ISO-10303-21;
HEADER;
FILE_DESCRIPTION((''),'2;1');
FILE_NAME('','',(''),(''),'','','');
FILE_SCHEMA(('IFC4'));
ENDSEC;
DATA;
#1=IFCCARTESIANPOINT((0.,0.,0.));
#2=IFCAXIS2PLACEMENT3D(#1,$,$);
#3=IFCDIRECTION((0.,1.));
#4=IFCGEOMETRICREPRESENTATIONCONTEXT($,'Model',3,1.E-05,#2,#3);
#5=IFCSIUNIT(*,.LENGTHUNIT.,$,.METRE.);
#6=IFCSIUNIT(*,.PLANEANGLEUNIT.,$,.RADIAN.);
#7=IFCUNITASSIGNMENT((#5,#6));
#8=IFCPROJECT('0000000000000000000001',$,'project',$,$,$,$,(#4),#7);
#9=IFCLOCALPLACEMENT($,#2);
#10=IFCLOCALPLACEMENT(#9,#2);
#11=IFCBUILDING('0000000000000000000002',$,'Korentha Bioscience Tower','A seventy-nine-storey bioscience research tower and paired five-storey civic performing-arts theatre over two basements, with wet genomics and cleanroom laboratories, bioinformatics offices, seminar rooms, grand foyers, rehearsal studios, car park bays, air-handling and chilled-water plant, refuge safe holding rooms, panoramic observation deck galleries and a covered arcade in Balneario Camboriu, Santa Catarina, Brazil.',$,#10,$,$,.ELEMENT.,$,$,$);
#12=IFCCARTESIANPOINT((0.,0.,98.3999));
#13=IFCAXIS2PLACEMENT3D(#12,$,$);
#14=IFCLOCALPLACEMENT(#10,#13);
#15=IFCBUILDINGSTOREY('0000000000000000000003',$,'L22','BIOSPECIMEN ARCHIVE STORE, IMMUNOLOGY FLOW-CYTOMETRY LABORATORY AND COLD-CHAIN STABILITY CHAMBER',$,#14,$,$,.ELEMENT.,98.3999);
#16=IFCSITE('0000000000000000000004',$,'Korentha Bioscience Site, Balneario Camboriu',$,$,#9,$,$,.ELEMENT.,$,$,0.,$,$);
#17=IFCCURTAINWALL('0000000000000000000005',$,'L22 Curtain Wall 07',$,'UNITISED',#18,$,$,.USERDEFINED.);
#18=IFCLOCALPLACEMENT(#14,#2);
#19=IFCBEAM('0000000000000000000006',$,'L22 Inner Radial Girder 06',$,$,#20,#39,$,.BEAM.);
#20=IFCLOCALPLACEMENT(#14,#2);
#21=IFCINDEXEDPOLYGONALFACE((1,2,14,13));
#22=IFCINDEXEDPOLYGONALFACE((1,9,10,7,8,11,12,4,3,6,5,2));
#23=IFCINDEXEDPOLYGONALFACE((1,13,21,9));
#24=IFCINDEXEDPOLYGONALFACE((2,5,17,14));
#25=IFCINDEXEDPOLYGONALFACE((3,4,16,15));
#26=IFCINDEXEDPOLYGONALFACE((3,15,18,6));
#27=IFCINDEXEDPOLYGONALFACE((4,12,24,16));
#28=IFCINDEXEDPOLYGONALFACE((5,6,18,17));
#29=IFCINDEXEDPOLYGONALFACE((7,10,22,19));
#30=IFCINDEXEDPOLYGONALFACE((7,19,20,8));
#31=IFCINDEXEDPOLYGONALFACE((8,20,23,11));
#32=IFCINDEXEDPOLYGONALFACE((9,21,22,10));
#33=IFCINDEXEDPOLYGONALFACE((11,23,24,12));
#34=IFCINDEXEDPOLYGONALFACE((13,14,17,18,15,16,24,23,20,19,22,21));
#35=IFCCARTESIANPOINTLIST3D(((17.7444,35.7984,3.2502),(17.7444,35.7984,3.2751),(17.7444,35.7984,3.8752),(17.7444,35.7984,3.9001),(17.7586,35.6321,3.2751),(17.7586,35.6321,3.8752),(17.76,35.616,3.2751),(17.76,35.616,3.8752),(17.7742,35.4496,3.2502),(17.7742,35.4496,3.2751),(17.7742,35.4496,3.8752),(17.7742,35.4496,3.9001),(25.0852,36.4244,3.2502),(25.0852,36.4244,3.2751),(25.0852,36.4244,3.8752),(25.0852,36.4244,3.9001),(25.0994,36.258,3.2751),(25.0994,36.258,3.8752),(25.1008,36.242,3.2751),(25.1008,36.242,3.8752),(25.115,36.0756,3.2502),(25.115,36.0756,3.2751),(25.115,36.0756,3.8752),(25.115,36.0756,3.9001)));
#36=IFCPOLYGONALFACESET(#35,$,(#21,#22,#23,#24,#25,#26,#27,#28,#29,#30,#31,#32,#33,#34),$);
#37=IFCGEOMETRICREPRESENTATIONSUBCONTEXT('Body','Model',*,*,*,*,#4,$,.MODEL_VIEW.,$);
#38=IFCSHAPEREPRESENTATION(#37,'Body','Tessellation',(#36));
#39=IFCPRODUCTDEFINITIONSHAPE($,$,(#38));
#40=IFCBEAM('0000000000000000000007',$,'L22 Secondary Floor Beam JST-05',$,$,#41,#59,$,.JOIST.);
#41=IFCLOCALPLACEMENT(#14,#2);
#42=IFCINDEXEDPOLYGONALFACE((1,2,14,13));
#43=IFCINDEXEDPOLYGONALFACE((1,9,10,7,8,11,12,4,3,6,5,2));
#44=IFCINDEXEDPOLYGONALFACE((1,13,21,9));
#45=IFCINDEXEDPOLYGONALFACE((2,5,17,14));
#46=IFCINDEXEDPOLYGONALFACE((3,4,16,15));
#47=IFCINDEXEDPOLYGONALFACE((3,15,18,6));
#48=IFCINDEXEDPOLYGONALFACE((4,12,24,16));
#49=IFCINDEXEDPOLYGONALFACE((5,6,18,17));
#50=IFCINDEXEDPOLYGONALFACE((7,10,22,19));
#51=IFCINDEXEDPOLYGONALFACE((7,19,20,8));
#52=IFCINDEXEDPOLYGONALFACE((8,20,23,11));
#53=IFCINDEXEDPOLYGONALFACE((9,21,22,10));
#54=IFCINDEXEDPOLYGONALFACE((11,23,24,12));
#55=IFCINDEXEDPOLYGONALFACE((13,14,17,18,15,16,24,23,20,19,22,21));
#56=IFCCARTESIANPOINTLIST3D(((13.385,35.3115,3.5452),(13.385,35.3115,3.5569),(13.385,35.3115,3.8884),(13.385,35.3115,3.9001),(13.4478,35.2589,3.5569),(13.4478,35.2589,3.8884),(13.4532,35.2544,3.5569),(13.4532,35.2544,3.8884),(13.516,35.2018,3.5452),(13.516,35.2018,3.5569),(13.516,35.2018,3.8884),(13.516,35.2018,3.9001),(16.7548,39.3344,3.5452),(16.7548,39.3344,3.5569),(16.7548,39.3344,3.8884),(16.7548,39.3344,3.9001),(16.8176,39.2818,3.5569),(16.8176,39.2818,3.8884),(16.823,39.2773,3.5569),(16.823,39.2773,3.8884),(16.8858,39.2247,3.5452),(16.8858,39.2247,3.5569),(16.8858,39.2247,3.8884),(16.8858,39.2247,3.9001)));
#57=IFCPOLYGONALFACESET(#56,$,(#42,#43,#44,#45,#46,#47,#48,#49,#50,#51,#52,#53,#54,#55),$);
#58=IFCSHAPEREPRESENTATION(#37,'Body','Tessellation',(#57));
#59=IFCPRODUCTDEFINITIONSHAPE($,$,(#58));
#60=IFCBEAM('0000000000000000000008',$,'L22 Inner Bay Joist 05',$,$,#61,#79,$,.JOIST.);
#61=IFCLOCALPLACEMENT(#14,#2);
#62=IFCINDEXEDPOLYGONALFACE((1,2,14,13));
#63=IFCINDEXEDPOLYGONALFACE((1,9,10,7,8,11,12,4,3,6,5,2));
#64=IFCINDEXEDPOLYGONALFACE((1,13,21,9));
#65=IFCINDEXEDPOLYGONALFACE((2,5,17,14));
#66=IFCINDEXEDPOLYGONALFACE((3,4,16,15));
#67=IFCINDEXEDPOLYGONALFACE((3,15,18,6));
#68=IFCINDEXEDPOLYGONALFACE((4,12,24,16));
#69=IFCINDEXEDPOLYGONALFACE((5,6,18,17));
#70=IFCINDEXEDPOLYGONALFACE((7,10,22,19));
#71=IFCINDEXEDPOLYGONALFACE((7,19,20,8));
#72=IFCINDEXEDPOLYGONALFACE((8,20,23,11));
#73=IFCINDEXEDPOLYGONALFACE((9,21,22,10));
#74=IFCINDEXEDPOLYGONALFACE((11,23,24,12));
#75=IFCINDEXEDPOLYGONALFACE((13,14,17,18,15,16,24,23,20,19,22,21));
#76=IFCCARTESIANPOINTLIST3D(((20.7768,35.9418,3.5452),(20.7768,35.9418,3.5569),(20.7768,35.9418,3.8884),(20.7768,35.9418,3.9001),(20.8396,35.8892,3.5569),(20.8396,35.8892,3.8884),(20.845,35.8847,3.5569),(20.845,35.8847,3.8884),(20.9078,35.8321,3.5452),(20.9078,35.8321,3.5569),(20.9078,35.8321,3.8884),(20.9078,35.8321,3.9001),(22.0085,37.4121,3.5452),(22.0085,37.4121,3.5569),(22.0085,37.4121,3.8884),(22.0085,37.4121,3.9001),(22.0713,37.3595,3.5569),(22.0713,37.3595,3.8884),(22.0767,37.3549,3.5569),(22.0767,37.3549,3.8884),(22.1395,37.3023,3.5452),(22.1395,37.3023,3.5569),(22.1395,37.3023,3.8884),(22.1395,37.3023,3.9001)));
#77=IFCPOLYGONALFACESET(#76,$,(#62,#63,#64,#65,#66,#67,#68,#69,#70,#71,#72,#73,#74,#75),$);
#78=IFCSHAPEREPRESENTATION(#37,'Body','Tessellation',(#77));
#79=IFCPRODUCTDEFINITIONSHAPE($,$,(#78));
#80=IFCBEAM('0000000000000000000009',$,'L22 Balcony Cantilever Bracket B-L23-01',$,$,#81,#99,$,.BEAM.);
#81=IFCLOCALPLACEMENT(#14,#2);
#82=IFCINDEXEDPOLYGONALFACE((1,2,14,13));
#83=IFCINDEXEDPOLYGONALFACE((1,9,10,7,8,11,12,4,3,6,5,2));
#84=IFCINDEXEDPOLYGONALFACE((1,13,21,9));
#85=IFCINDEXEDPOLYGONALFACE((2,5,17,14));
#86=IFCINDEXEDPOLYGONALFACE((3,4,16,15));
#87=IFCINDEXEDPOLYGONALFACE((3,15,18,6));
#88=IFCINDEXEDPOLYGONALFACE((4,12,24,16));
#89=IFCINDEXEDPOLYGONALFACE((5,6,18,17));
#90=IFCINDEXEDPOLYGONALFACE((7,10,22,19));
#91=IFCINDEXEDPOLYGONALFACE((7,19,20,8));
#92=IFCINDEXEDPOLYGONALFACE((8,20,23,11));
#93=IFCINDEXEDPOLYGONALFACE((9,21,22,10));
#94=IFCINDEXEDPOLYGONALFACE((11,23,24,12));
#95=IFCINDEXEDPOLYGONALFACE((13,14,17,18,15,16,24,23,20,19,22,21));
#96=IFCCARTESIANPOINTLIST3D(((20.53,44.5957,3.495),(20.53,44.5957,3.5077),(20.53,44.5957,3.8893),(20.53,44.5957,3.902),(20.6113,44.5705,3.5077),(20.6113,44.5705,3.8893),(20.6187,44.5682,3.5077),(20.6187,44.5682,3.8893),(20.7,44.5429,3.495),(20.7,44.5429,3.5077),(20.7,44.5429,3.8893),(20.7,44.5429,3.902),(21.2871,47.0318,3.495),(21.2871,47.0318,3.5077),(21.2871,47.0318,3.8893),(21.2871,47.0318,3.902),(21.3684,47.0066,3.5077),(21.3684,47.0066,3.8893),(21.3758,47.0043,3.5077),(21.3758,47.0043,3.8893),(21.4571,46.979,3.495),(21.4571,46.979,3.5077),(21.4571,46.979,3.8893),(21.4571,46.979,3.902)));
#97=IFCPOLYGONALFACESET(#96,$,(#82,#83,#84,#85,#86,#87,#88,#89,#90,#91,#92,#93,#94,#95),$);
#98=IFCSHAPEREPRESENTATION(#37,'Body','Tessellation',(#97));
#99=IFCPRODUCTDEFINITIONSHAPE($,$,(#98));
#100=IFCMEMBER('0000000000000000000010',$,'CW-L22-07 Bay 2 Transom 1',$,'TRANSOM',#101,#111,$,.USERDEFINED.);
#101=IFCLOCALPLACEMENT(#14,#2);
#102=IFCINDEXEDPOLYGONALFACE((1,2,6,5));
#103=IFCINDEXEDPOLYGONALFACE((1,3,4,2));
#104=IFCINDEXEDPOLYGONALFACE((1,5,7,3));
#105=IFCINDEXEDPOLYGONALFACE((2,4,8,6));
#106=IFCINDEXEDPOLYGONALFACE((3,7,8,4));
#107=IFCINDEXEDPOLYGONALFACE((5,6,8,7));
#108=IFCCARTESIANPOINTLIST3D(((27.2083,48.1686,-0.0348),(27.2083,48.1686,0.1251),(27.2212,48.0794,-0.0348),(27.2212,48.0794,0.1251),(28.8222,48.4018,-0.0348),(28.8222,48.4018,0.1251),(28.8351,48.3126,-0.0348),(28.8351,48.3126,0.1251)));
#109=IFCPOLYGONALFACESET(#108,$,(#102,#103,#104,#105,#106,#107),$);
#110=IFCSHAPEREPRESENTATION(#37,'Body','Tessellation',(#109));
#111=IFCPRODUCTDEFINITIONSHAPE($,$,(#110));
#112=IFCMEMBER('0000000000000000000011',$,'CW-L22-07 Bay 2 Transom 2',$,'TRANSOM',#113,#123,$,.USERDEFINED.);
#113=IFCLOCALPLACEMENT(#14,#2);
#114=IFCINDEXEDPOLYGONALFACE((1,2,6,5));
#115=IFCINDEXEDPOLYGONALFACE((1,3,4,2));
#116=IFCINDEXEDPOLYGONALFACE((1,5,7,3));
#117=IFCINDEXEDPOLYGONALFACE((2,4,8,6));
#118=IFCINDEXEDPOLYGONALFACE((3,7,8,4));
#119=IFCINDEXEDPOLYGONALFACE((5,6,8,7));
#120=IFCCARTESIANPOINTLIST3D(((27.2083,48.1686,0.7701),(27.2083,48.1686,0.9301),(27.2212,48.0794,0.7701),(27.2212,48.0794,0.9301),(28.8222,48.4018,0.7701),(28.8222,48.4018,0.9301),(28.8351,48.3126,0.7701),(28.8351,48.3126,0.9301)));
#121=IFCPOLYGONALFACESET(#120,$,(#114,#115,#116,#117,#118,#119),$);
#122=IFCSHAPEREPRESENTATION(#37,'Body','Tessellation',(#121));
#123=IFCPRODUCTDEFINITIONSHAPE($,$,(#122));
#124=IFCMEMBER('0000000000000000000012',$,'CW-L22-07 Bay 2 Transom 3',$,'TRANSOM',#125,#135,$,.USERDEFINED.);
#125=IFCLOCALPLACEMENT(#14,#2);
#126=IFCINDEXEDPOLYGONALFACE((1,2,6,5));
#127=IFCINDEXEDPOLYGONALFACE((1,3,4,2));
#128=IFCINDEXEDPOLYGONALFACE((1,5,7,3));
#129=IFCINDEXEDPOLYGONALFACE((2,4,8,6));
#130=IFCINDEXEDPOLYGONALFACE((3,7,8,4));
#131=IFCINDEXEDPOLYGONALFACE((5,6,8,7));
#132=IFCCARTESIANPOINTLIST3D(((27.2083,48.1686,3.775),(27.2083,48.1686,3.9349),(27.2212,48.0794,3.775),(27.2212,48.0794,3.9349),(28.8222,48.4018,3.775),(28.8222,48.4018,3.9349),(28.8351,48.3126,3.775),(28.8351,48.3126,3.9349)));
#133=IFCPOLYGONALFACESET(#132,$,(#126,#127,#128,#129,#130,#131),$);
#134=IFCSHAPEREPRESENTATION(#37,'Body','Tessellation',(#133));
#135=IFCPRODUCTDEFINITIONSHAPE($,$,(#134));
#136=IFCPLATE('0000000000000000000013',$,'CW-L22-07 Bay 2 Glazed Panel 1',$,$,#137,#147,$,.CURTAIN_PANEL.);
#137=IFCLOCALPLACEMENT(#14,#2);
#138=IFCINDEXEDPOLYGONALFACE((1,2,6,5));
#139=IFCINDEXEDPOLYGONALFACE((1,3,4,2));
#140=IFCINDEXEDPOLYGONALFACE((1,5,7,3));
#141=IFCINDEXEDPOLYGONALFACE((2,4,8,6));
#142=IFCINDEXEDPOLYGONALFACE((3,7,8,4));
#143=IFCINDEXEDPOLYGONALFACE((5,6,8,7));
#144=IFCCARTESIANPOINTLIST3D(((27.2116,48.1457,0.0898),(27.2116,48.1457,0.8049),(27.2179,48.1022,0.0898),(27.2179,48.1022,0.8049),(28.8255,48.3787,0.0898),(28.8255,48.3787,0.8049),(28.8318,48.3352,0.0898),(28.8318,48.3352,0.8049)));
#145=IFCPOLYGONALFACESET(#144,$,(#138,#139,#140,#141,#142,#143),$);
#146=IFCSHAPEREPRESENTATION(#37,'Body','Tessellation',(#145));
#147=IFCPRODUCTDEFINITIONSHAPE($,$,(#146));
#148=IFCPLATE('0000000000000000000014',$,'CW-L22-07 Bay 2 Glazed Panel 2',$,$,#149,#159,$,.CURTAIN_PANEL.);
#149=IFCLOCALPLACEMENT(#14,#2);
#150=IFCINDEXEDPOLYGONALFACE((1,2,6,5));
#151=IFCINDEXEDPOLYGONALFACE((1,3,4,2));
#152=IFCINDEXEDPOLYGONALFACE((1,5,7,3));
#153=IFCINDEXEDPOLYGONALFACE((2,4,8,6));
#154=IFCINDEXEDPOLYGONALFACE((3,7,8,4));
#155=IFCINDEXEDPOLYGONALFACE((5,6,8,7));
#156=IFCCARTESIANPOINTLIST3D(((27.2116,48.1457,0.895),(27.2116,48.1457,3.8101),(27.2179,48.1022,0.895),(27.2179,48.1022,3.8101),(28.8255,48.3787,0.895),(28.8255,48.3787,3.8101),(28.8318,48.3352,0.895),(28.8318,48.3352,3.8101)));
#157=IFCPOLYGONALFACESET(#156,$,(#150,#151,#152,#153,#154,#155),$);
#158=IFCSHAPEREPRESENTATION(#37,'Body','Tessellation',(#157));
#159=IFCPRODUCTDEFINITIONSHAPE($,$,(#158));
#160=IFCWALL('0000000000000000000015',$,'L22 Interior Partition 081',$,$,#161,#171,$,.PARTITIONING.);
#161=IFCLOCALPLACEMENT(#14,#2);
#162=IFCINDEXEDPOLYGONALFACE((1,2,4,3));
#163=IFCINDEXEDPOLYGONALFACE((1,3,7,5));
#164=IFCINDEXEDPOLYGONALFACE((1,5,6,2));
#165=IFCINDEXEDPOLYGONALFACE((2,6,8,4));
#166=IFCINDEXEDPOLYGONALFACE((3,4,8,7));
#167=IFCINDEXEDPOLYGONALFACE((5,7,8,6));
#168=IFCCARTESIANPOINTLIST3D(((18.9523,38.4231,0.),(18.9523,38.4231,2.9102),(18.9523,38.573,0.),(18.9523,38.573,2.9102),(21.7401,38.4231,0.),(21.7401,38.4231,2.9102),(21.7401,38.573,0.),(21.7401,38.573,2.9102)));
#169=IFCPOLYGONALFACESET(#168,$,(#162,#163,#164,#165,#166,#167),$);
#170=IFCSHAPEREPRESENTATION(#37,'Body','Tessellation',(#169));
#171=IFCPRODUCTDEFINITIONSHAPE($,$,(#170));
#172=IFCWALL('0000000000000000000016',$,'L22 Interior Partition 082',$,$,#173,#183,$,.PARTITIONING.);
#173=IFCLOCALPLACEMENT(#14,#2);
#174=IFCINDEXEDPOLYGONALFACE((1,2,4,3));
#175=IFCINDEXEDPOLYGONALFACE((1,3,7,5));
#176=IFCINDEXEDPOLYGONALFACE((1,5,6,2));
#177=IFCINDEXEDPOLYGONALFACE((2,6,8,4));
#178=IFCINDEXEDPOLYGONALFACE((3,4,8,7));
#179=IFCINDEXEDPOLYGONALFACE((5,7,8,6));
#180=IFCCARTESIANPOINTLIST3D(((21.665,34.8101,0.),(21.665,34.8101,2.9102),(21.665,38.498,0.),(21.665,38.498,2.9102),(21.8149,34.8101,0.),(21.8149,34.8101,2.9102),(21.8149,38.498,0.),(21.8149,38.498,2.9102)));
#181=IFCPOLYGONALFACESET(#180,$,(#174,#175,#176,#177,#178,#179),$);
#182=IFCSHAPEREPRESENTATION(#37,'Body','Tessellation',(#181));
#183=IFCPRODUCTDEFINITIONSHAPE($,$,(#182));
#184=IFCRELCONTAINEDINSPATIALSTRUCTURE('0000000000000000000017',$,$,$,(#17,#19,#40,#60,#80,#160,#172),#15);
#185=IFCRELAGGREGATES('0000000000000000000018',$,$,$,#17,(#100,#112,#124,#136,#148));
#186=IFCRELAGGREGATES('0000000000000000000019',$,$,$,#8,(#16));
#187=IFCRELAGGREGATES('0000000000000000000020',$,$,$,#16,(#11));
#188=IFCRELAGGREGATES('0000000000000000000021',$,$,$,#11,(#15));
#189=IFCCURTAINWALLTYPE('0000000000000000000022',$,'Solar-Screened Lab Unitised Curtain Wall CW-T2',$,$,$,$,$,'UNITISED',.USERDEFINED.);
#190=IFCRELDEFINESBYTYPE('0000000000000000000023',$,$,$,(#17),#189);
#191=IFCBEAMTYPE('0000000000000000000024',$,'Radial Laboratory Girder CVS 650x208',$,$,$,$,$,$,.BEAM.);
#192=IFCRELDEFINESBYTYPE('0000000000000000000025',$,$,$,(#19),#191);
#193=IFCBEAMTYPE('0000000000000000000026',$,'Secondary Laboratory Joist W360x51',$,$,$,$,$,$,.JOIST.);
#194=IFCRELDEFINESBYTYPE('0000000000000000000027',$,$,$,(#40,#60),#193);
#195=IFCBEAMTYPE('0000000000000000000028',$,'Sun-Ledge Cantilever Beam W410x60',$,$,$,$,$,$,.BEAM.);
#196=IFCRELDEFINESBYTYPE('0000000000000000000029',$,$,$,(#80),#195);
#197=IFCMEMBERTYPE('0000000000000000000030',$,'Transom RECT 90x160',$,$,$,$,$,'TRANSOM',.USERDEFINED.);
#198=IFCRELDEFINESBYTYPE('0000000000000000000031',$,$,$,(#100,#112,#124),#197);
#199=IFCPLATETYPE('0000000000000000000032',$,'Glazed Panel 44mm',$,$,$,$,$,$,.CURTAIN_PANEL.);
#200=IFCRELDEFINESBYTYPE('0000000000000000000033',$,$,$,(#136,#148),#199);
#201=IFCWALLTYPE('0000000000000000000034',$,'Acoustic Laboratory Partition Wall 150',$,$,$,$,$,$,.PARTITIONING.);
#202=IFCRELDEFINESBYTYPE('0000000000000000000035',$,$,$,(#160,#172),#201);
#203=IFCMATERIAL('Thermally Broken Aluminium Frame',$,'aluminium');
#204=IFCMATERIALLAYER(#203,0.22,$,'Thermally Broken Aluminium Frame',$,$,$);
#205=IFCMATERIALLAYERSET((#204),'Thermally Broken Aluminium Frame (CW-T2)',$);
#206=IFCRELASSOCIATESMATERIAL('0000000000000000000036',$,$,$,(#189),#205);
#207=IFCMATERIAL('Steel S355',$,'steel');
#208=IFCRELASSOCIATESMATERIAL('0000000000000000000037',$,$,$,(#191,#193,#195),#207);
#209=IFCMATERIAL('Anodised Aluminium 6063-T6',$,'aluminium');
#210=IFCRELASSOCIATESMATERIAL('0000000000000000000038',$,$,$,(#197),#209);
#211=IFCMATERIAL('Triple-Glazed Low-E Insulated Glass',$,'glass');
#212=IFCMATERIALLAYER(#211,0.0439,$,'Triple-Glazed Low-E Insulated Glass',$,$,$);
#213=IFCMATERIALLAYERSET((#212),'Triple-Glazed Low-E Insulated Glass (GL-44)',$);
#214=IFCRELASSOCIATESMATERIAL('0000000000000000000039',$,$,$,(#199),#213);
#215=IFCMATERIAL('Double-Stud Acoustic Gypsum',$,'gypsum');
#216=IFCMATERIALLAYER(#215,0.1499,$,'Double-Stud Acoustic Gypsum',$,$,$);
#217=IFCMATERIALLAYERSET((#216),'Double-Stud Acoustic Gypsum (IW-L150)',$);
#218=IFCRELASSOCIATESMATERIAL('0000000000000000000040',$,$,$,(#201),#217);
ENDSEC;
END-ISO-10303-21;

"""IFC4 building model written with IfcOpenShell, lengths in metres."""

from ifc_helpers import new_model, si_unit, direction, frame, frame_2d, origin, origin_2d, place, context, subcontext, project, spatial, rectangle, i_section, extrude, material, layer, layer_set, material_profile, profile_set, type_object, element, aggregate, save


model = new_model("IFC4")

# Units and contexts
model_context = context("Model", 3, precision=1e-05, world=origin(), true_north=direction((0.0, 1.0)))
body_context = subcontext(model_context, "Body", "Model", "MODEL_VIEW")
ifc_project = project(units=[si_unit("LENGTHUNIT", "METRE"), si_unit("PLANEANGLEUNIT", "RADIAN")], contexts=[model_context])

# Site, building, storey
site_placement = place(None, origin())
site = spatial("IfcSite", under=ifc_project, at=site_placement, Name="Korentha Bioscience Site, Balneario Camboriu", CompositionType="ELEMENT", RefElevation=0.0)
building_placement = place(site_placement, origin())
building = spatial("IfcBuilding", under=site, at=building_placement, Name="Korentha Bioscience Tower", Description="A seventy-nine-storey bioscience research tower and paired five-storey civic performing-arts theatre over two basements, with wet genomics and cleanroom laboratories, bioinformatics offices, seminar rooms, grand foyers, rehearsal studios, car park bays, air-handling and chilled-water plant, refuge safe holding rooms, panoramic observation deck galleries and a covered arcade in Balneario Camboriu, Santa Catarina, Brazil.", CompositionType="ELEMENT")
storey_placement = place(building_placement, frame((0.0, 0.0, 98.3999)))
storey = spatial("IfcBuildingStorey", under=building, at=storey_placement, Name="L22", Description="BIOSPECIMEN ARCHIVE STORE, IMMUNOLOGY FLOW-CYTOMETRY LABORATORY AND COLD-CHAIN STABILITY CHAMBER", CompositionType="ELEMENT", Elevation=98.3999)

# Shared definitions
ifc_material_1 = material(Name="Steel S355", Category="steel")

# Curtain wall
ifc_material_2 = material(Name="Thermally Broken Aluminium Frame", Category="aluminium")
ifc_layer_1 = layer(ifc_material_2, 0.22, Name="Thermally Broken Aluminium Frame")
ifc_layer_set_1 = layer_set([ifc_layer_1], Name="Thermally Broken Aluminium Frame (CW-T2)")
curtain_wall_type = type_object("IfcCurtainWallType", Name="Solar-Screened Lab Unitised Curtain Wall CW-T2", ElementType="UNITISED", PredefinedType="USERDEFINED", material=ifc_layer_set_1)
curtain_wall_placement = place(storey_placement, origin())
curtain_wall = element("IfcCurtainWall", 1, at=curtain_wall_placement, inside=storey, type_object=curtain_wall_type, Name="L22 Curtain Wall 07", ObjectType="UNITISED", PredefinedType="USERDEFINED")
ifc_material_3 = material(Name="Anodised Aluminium 6063-T6", Category="aluminium")

# Beams
ifc_material_profile_1 = material_profile(ifc_material_1, i_section(OverallWidth=0.3501, OverallDepth=0.6499, WebThickness=0.0161, FlangeThickness=0.0249, at=origin_2d()), Name="Steel S355")
ifc_profile_set_1 = profile_set([ifc_material_profile_1], Name="Steel S355 (RB-650)")
beam_type_1 = type_object("IfcBeamType", Name="Radial Laboratory Girder CVS 650x208", PredefinedType="BEAM", material=ifc_profile_set_1)
beam_1_placement = place(storey_placement, frame((25.1001, 36.25, 3.5752), z_axis=(-0.996384, -0.084965, 0.0), x_axis=(0.084965, -0.996384, 0.0)))
element("IfcBeam", 2, at=beam_1_placement, inside=storey, type_object=beam_type_1, Name="L22 Inner Radial Girder 06", PredefinedType="BEAM", context=body_context, shape_type="SweptSolid", body=[
    extrude(i_section(OverallWidth=0.3501, OverallDepth=0.6499, WebThickness=0.0161, FlangeThickness=0.0249, at=origin_2d()), origin(), (0.0, 0.0, 1.0), 7.3674),
])
ifc_material_profile_2 = material_profile(ifc_material_1, i_section(OverallWidth=0.1709, OverallDepth=0.355, WebThickness=0.0071, FlangeThickness=0.0117, at=origin_2d()), Name="Steel S355")
ifc_profile_set_2 = profile_set([ifc_material_profile_2], Name="Steel S355 (JB-360)")
beam_type_2 = type_object("IfcBeamType", Name="Secondary Laboratory Joist W360x51", PredefinedType="JOIST", material=ifc_profile_set_2)
beam_2_placement = place(storey_placement, frame((16.8203, 39.2795, 3.7227), z_axis=(-0.642141, -0.766587, 0.0), x_axis=(0.766587, -0.642141, 0.0)))
element("IfcBeam", 3, at=beam_2_placement, inside=storey, type_object=beam_type_2, Name="L22 Secondary Floor Beam JST-05", PredefinedType="JOIST", context=body_context, shape_type="SweptSolid", body=[
    extrude(i_section(OverallWidth=0.1709, OverallDepth=0.355, WebThickness=0.0071, FlangeThickness=0.0117, at=origin_2d()), origin(), (0.0, 0.0, 1.0), 5.2478),
])
beam_3_placement = place(storey_placement, frame((22.074, 37.3572, 3.7227), z_axis=(-0.642185, -0.766549, 0.0), x_axis=(0.766549, -0.642185, 0.0)))
element("IfcBeam", 4, at=beam_3_placement, inside=storey, type_object=beam_type_2, Name="L22 Inner Bay Joist 05", PredefinedType="JOIST", context=body_context, shape_type="SweptSolid", body=[
    extrude(i_section(OverallWidth=0.1709, OverallDepth=0.355, WebThickness=0.0071, FlangeThickness=0.0117, at=origin_2d()), origin(), (0.0, 0.0, 1.0), 1.918),
])
ifc_material_profile_3 = material_profile(ifc_material_1, i_section(OverallWidth=0.178, OverallDepth=0.407, WebThickness=0.0078, FlangeThickness=0.0127, at=origin_2d()), Name="Steel S355")
ifc_profile_set_3 = profile_set([ifc_material_profile_3], Name="Steel S355 (CB-410)")
beam_type_3 = type_object("IfcBeamType", Name="Sun-Ledge Cantilever Beam W410x60", PredefinedType="BEAM", material=ifc_profile_set_3)
beam_4_placement = place(storey_placement, frame((20.615, 44.5693, 3.6985), z_axis=(0.296781, 0.954945, 0.0), x_axis=(-0.954945, 0.296781, 0.0)))
element("IfcBeam", 5, at=beam_4_placement, inside=storey, type_object=beam_type_3, Name="L22 Balcony Cantilever Bracket B-L23-01", PredefinedType="BEAM", context=body_context, shape_type="SweptSolid", body=[
    extrude(i_section(OverallWidth=0.178, OverallDepth=0.407, WebThickness=0.0078, FlangeThickness=0.0127, at=origin_2d()), origin(), (0.0, 0.0, 1.0), 2.551),
])

# Members
ifc_material_profile_4 = material_profile(ifc_material_3, rectangle(XDim=0.0901, YDim=0.1599, at=origin_2d()), Name="Anodised Aluminium 6063-T6")
ifc_profile_set_4 = profile_set([ifc_material_profile_4], Name="Anodised Aluminium 6063-T6 (CW-TRN)")
member_type_1 = type_object("IfcMemberType", Name="Transom RECT 90x160", ElementType="TRANSOM", PredefinedType="USERDEFINED", material=ifc_profile_set_4)
member_1_placement = place(storey_placement, frame((28.8286, 48.3572, 0.0452), z_axis=(-0.989724, -0.142993, 0.0), x_axis=(0.142993, -0.989724, 0.0)))
member_1 = element("IfcMember", 6, at=member_1_placement, type_object=member_type_1, Name="CW-L22-07 Bay 2 Transom 1", ObjectType="TRANSOM", PredefinedType="USERDEFINED", context=body_context, shape_type="SweptSolid", body=[
    extrude(rectangle(XDim=0.0901, YDim=0.1599, at=origin_2d()), origin(), (0.0, 0.0, 1.0), 1.6306),
])
member_2_placement = place(storey_placement, frame((28.8286, 48.3572, 0.8501), z_axis=(-0.989724, -0.142993, 0.0), x_axis=(0.142993, -0.989724, 0.0)))
member_2 = element("IfcMember", 7, at=member_2_placement, type_object=member_type_1, Name="CW-L22-07 Bay 2 Transom 2", ObjectType="TRANSOM", PredefinedType="USERDEFINED", context=body_context, shape_type="SweptSolid", body=[
    extrude(rectangle(XDim=0.0901, YDim=0.1599, at=origin_2d()), origin(), (0.0, 0.0, 1.0), 1.6306),
])
member_3_placement = place(storey_placement, frame((28.8286, 48.3572, 3.855), z_axis=(-0.989724, -0.142993, 0.0), x_axis=(0.142993, -0.989724, 0.0)))
member_3 = element("IfcMember", 8, at=member_3_placement, type_object=member_type_1, Name="CW-L22-07 Bay 2 Transom 3", ObjectType="TRANSOM", PredefinedType="USERDEFINED", context=body_context, shape_type="SweptSolid", body=[
    extrude(rectangle(XDim=0.0901, YDim=0.1599, at=origin_2d()), origin(), (0.0, 0.0, 1.0), 1.6306),
])

# Plates
ifc_material_4 = material(Name="Triple-Glazed Low-E Insulated Glass", Category="glass")
ifc_layer_2 = layer(ifc_material_4, 0.0439, Name="Triple-Glazed Low-E Insulated Glass")
ifc_layer_set_2 = layer_set([ifc_layer_2], Name="Triple-Glazed Low-E Insulated Glass (GL-44)")
plate_type = type_object("IfcPlateType", Name="Glazed Panel 44mm", PredefinedType="CURTAIN_PANEL", material=ifc_layer_set_2)
plate_1_placement = place(storey_placement, frame((28.0217, 48.2405, 0.0898), z_axis=(0.0, 0.0, 1.0), x_axis=(-0.989738, -0.142892, 0.0)))
plate_1 = element("IfcPlate", 9, at=plate_1_placement, type_object=plate_type, Name="CW-L22-07 Bay 2 Glazed Panel 1", PredefinedType="CURTAIN_PANEL", context=body_context, shape_type="SweptSolid", body=[
    extrude(rectangle(XDim=1.6306, YDim=0.0439, at=origin_2d()), origin(), (0.0, 0.0, 1.0), 0.7151),
])
plate_2_placement = place(storey_placement, frame((28.0217, 48.2405, 0.895), z_axis=(0.0, 0.0, 1.0), x_axis=(-0.989738, -0.142892, 0.0)))
plate_2 = element("IfcPlate", 10, at=plate_2_placement, type_object=plate_type, Name="CW-L22-07 Bay 2 Glazed Panel 2", PredefinedType="CURTAIN_PANEL", context=body_context, shape_type="SweptSolid", body=[
    extrude(rectangle(XDim=1.6306, YDim=0.0439, at=origin_2d()), origin(), (0.0, 0.0, 1.0), 2.915),
])
aggregate(curtain_wall, [member_1, member_2, member_3, plate_1, plate_2])

# Walls
ifc_material_5 = material(Name="Double-Stud Acoustic Gypsum", Category="gypsum")
ifc_layer_3 = layer(ifc_material_5, 0.1499, Name="Double-Stud Acoustic Gypsum")
ifc_layer_set_3 = layer_set([ifc_layer_3], Name="Double-Stud Acoustic Gypsum (IW-L150)")
wall_type_1 = type_object("IfcWallType", Name="Acoustic Laboratory Partition Wall 150", PredefinedType="PARTITIONING", material=ifc_layer_set_3)
wall_1_placement = place(storey_placement, frame((18.9521, 38.498, 0.0), z_axis=(0.0, 0.0, 1.0), x_axis=(1.0, 0.0, 0.0)))
element("IfcWall", 11, at=wall_1_placement, inside=storey, type_object=wall_type_1, Name="L22 Interior Partition 081", PredefinedType="PARTITIONING", context=body_context, shape_type="SweptSolid", body=[
    extrude(rectangle(XDim=2.7878, YDim=0.1499, at=frame_2d((1.394, 0.0))), origin(), (0.0, 0.0, 1.0), 2.9102),
])
wall_2_placement = place(storey_placement, frame((21.74, 38.498, 0.0), z_axis=(0.0, 0.0, 1.0), x_axis=(0.0, -1.0, 0.0)))
element("IfcWall", 12, at=wall_2_placement, inside=storey, type_object=wall_type_1, Name="L22 Interior Partition 082", PredefinedType="PARTITIONING", context=body_context, shape_type="SweptSolid", body=[
    extrude(rectangle(XDim=3.688, YDim=0.1499, at=frame_2d((1.844, 0.0))), origin(), (0.0, 0.0, 1.0), 2.9102),
])

save(model, "model.ifc")
